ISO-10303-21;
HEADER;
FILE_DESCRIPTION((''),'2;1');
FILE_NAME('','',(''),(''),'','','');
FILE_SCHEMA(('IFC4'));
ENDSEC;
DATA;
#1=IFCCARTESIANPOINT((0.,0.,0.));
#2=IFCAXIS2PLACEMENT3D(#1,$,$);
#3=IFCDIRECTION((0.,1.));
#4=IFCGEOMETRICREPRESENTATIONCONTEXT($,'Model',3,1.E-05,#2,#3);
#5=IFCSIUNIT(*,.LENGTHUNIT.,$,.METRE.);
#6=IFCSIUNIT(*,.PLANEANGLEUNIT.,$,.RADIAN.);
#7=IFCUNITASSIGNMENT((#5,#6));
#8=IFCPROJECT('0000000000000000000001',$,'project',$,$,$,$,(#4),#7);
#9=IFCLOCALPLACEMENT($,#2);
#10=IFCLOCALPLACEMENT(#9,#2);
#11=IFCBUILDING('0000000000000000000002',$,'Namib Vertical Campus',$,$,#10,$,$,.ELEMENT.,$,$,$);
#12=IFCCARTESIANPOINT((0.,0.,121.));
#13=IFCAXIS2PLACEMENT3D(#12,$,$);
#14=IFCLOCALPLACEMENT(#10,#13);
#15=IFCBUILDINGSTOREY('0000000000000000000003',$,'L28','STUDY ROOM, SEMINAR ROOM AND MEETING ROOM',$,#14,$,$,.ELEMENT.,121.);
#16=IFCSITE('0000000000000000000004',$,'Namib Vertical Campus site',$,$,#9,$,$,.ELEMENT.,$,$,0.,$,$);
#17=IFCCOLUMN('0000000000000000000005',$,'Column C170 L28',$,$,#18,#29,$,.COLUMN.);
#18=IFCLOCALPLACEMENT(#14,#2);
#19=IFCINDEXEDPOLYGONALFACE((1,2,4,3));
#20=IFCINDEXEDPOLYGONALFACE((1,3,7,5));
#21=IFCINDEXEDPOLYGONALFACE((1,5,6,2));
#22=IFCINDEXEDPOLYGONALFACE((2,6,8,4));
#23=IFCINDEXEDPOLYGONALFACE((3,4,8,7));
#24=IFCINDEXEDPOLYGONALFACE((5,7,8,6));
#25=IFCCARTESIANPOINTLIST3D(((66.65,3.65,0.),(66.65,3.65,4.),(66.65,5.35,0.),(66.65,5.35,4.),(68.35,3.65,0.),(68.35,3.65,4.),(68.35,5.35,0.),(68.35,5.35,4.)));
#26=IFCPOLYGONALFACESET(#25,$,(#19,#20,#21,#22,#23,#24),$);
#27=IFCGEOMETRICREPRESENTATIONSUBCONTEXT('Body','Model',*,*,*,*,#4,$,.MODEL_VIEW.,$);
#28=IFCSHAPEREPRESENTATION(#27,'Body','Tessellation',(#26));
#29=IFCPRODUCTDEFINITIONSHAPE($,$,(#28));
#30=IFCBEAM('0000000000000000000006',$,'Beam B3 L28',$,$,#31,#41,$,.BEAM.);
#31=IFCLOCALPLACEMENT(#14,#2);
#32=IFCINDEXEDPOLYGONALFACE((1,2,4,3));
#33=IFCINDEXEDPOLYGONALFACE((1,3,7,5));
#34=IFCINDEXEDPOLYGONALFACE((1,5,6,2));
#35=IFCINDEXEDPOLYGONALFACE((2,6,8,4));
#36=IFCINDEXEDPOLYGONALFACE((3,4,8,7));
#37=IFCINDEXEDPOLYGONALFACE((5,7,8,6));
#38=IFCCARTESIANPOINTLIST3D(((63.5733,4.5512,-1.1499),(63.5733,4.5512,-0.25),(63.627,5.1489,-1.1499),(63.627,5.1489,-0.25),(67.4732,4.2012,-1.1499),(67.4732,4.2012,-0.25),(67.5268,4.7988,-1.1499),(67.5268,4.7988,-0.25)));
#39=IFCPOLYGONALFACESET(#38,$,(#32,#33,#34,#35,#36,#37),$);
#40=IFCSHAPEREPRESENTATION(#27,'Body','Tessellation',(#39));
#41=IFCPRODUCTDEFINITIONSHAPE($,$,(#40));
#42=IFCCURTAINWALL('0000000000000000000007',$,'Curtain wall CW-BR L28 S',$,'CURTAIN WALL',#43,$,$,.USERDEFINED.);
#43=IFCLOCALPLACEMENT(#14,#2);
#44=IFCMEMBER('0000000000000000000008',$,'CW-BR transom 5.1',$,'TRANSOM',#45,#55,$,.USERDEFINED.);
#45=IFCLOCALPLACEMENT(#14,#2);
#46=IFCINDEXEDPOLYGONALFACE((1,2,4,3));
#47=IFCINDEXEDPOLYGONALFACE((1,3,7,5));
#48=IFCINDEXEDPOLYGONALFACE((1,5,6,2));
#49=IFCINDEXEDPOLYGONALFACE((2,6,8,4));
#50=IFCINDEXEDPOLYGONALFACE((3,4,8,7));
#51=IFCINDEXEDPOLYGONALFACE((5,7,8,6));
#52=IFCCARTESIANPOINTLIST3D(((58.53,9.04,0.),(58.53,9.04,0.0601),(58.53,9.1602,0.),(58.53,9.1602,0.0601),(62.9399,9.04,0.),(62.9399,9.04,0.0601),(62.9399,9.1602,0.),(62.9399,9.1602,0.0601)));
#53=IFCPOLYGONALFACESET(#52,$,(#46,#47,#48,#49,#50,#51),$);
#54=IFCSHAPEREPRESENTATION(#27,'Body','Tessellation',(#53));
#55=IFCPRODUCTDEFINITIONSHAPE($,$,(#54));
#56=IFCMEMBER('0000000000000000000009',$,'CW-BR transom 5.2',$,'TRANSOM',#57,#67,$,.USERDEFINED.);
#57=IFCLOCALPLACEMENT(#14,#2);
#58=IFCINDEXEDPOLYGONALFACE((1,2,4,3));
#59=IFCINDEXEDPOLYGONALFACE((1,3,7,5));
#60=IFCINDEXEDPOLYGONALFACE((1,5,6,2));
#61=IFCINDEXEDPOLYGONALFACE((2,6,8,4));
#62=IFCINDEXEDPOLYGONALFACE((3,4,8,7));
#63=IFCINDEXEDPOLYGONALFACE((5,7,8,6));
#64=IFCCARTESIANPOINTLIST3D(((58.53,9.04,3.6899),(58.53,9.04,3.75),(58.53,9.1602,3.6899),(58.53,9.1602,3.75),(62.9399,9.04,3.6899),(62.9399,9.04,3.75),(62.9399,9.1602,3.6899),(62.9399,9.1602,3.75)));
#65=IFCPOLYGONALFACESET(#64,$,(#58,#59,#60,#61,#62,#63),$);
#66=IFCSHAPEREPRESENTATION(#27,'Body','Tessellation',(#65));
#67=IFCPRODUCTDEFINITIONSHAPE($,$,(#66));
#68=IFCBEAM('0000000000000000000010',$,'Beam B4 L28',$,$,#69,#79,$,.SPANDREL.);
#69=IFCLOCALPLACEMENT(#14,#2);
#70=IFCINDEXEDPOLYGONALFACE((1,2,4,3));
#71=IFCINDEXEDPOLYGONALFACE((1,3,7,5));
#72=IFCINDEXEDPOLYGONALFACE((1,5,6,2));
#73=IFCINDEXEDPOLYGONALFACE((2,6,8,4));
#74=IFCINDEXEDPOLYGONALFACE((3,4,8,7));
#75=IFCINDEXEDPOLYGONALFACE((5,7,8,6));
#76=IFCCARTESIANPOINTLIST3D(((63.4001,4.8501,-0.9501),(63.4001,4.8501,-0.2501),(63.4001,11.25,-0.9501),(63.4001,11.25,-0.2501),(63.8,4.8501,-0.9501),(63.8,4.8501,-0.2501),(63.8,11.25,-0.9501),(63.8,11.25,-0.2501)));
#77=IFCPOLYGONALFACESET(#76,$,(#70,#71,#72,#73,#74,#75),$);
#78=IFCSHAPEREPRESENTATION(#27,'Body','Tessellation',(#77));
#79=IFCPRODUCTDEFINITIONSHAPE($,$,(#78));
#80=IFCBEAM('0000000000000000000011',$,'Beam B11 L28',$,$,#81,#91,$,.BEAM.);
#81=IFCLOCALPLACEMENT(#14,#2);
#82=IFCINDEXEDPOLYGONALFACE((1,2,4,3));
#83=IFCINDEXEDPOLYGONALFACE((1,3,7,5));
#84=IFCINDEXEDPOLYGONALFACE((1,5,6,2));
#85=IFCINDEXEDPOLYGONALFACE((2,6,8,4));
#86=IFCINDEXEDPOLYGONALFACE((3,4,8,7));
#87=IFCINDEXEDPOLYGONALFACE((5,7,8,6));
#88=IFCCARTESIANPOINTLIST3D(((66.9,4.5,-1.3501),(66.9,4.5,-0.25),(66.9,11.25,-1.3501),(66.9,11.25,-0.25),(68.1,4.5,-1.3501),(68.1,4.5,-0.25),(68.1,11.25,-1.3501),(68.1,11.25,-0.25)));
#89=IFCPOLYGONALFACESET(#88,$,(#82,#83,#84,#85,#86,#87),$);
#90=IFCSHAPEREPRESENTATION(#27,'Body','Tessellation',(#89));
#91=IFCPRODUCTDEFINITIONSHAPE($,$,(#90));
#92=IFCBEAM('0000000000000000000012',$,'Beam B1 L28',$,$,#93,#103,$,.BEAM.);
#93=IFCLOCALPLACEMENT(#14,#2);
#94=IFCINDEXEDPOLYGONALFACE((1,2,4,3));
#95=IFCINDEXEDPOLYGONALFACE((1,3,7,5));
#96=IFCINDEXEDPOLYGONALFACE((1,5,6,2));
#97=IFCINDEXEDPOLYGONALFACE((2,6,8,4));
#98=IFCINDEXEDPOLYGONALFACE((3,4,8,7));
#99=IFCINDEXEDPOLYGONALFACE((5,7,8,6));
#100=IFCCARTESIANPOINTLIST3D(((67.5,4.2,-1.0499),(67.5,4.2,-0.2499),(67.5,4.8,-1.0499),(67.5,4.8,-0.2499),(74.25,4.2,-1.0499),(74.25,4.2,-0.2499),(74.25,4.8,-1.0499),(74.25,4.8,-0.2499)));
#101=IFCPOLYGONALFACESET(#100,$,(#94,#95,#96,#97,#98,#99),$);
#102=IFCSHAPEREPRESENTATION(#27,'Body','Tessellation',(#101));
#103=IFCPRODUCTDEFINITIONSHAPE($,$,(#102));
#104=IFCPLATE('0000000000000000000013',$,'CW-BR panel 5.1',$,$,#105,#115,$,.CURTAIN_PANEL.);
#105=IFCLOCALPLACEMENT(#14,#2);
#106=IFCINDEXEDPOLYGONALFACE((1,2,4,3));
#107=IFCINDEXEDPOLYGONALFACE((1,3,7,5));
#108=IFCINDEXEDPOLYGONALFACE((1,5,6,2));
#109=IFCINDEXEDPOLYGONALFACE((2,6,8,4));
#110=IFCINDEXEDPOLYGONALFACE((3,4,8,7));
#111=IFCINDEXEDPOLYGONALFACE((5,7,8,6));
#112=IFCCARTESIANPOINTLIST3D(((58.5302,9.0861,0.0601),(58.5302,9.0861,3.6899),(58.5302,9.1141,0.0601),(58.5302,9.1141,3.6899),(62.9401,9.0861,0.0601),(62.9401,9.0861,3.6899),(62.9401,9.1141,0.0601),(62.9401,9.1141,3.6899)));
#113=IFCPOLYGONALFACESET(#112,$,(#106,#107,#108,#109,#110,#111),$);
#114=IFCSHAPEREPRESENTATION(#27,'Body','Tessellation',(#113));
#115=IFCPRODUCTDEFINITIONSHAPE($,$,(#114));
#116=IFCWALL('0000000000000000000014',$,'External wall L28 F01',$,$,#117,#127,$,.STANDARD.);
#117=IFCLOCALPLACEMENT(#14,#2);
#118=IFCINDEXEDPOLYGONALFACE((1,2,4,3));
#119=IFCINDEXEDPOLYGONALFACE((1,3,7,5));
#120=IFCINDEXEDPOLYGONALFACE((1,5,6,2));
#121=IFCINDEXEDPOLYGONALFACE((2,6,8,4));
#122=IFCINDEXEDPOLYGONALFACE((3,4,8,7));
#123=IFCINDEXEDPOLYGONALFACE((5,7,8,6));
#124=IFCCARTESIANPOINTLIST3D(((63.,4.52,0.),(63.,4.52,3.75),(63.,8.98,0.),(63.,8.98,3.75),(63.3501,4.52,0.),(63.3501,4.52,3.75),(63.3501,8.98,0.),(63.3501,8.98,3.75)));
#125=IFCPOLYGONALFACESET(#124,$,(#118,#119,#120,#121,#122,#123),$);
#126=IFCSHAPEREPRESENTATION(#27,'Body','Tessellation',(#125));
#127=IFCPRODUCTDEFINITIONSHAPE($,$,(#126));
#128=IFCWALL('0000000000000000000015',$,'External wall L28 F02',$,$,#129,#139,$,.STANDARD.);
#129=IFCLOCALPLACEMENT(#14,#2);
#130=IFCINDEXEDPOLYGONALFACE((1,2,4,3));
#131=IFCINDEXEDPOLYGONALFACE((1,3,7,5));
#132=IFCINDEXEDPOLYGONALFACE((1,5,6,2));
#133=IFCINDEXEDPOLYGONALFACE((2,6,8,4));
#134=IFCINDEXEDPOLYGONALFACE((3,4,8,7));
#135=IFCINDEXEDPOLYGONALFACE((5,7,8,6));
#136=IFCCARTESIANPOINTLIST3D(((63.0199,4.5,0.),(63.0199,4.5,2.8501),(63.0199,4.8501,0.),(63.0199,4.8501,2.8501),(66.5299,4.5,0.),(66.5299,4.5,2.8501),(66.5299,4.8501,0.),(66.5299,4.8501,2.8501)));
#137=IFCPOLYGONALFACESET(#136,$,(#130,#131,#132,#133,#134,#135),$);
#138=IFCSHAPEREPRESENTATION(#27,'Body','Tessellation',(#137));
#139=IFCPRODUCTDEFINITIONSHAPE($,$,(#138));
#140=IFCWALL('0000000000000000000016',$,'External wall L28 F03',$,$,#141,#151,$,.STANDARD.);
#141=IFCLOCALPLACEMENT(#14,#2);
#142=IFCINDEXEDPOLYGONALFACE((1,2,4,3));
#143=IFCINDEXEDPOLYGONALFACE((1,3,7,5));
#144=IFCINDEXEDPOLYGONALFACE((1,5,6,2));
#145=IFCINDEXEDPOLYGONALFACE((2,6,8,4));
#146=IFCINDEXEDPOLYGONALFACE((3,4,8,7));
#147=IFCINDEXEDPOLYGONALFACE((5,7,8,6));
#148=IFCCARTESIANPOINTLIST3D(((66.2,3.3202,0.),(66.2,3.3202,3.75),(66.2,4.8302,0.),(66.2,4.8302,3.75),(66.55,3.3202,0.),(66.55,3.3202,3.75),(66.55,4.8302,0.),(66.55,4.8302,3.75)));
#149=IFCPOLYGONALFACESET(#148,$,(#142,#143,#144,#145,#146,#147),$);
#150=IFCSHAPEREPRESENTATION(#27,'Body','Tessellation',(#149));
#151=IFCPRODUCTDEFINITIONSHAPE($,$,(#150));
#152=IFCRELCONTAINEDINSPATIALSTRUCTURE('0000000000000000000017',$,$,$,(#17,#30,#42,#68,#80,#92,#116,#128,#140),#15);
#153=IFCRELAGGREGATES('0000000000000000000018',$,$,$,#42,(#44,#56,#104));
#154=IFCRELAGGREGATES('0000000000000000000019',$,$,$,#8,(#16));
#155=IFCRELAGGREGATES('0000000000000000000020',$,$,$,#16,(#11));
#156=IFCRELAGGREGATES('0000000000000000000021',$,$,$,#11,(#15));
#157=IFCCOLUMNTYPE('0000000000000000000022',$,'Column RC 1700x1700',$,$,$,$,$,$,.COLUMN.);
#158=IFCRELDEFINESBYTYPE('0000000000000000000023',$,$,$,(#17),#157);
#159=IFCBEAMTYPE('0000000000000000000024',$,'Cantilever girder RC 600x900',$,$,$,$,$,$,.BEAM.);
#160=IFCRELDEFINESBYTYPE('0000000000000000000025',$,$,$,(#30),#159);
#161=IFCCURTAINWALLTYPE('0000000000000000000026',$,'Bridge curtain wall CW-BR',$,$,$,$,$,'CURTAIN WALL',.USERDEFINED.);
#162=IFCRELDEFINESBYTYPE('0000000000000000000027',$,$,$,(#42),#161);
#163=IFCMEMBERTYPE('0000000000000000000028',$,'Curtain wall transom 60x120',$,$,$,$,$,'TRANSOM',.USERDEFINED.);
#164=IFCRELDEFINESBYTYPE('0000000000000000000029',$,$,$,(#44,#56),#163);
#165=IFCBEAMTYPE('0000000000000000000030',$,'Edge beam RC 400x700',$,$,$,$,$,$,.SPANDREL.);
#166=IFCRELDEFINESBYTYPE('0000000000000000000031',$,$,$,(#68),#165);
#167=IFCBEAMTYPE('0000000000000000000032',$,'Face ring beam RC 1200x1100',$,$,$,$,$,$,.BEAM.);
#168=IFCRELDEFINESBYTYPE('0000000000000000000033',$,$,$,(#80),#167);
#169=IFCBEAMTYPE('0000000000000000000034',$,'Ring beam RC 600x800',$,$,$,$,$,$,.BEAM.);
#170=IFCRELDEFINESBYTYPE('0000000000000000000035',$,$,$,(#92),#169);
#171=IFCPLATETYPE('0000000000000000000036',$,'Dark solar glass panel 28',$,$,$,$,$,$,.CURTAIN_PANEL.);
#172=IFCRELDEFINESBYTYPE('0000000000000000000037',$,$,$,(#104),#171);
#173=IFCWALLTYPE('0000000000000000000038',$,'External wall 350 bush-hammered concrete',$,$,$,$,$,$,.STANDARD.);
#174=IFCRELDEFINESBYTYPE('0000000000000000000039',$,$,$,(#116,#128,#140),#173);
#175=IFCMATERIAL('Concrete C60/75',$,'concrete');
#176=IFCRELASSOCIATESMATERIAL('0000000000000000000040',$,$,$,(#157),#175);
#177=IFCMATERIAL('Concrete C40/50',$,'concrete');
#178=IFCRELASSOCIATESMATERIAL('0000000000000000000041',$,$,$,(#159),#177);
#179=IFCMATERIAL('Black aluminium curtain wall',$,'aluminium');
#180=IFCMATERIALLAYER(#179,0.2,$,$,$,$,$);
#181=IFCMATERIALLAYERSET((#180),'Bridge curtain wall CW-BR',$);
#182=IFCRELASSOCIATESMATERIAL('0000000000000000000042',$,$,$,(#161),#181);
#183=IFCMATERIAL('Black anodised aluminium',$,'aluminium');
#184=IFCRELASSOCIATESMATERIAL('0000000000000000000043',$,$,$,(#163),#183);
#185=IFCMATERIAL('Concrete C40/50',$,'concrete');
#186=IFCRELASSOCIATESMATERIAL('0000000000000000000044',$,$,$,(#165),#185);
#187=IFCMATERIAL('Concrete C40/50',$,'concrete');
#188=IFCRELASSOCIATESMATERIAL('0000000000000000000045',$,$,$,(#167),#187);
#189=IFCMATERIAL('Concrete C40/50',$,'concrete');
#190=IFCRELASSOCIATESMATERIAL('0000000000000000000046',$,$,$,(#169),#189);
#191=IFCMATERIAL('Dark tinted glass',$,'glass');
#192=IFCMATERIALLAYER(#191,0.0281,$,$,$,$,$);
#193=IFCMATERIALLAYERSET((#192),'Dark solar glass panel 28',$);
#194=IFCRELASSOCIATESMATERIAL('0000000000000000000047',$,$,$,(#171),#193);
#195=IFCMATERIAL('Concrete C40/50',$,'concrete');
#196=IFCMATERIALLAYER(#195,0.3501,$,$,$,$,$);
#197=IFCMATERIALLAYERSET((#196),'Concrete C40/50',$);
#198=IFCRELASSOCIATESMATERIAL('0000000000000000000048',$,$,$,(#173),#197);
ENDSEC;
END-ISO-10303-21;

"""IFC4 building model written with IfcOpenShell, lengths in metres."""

from ifc_helpers import new_model, si_unit, direction, frame, frame_2d, origin, origin_2d, place, context, subcontext, project, spatial, rectangle, extrude, material, layer, layer_set, material_profile, profile_set, type_object, element, aggregate, save


model = new_model("IFC4")

# Units and contexts
model_context = context("Model", 3, precision=1e-05, world=origin(), true_north=direction((0.0, 1.0)))
body_context = subcontext(model_context, "Body", "Model", "MODEL_VIEW")
ifc_project = project(units=[si_unit("LENGTHUNIT", "METRE"), si_unit("PLANEANGLEUNIT", "RADIAN")], contexts=[model_context])

# Site, building, storey
site_placement = place(None, origin())
site = spatial("IfcSite", under=ifc_project, at=site_placement, Name="Namib Vertical Campus site", CompositionType="ELEMENT", RefElevation=0.0)
building_placement = place(site_placement, origin())
building = spatial("IfcBuilding", under=site, at=building_placement, Name="Namib Vertical Campus", CompositionType="ELEMENT")
storey_placement = place(building_placement, frame((0.0, 0.0, 121.0)))
storey = spatial("IfcBuildingStorey", under=building, at=storey_placement, Name="L28", Description="STUDY ROOM, SEMINAR ROOM AND MEETING ROOM", CompositionType="ELEMENT", Elevation=121.0)

# Column
ifc_material_1 = material(Name="Concrete C60/75", Category="concrete")
ifc_material_profile_1 = material_profile(ifc_material_1, rectangle(XDim=1.7, YDim=1.7, at=origin_2d()))
ifc_profile_set_1 = profile_set([ifc_material_profile_1], Name="Concrete C60/75")
column_type = type_object("IfcColumnType", Name="Column RC 1700x1700", PredefinedType="COLUMN", material=ifc_profile_set_1)
column_placement = place(storey_placement, frame((67.5, 4.5, 0.0), z_axis=(0.0, 0.0, 1.0), x_axis=(1.0, 0.0, 0.0)))
element("IfcColumn", 1, at=column_placement, inside=storey, type_object=column_type, Name="Column C170 L28", PredefinedType="COLUMN", context=body_context, shape_type="SweptSolid", body=[
    extrude(rectangle(XDim=1.7, YDim=1.7, at=origin_2d()), origin(), (0.0, 0.0, 1.0), 4.0),
])

# Beam
ifc_material_2 = material(Name="Concrete C40/50", Category="concrete")
ifc_material_profile_2 = material_profile(ifc_material_2, rectangle(XDim=0.6001, YDim=0.8999, at=origin_2d()))
ifc_profile_set_2 = profile_set([ifc_material_profile_2], Name="Concrete C40/50")
beam_type_1 = type_object("IfcBeamType", Name="Cantilever girder RC 600x900", PredefinedType="BEAM", material=ifc_profile_set_2)
beam_1_placement = place(storey_placement, frame((67.5, 4.5, -0.7), z_axis=(-0.995995, 0.089411, 0.0), x_axis=(-0.089411, -0.995995, 0.0)))
element("IfcBeam", 2, at=beam_1_placement, inside=storey, type_object=beam_type_1, Name="Beam B3 L28", PredefinedType="BEAM", context=body_context, shape_type="SweptSolid", body=[
    extrude(rectangle(XDim=0.6001, YDim=0.8999, at=origin_2d()), origin(), (0.0, 0.0, 1.0), 3.9155),
])

# Curtain wall, members
ifc_material_3 = material(Name="Black aluminium curtain wall", Category="aluminium")
ifc_layer_1 = layer(ifc_material_3, 0.2)
ifc_layer_set_1 = layer_set([ifc_layer_1], Name="Bridge curtain wall CW-BR")
curtain_wall_type = type_object("IfcCurtainWallType", Name="Bridge curtain wall CW-BR", ElementType="CURTAIN WALL", PredefinedType="USERDEFINED", material=ifc_layer_set_1)
curtain_wall_placement = place(storey_placement, origin())
curtain_wall = element("IfcCurtainWall", 3, at=curtain_wall_placement, inside=storey, type_object=curtain_wall_type, Name="Curtain wall CW-BR L28 S", ObjectType="CURTAIN WALL", PredefinedType="USERDEFINED")
ifc_material_4 = material(Name="Black anodised aluminium", Category="aluminium")
ifc_material_profile_3 = material_profile(ifc_material_4, rectangle(XDim=0.0601, YDim=0.1201, at=origin_2d()))
ifc_profile_set_3 = profile_set([ifc_material_profile_3], Name="Black anodised aluminium")
member_type = type_object("IfcMemberType", Name="Curtain wall transom 60x120", ElementType="TRANSOM", PredefinedType="USERDEFINED", material=ifc_profile_set_3)
member_1_placement = place(storey_placement, frame((58.53, 9.1001, 0.03), z_axis=(1.0, 0.0, 0.0), x_axis=(0.0, 0.0, 1.0)))
member_1 = element("IfcMember", 4, at=member_1_placement, type_object=member_type, Name="CW-BR transom 5.1", ObjectType="TRANSOM", PredefinedType="USERDEFINED", context=body_context, shape_type="SweptSolid", body=[
    extrude(rectangle(XDim=0.0601, YDim=0.1201, at=origin_2d()), origin(), (0.0, 0.0, 1.0), 4.4099),
])
member_2_placement = place(storey_placement, frame((58.53, 9.1001, 3.72), z_axis=(1.0, 0.0, 0.0), x_axis=(0.0, 0.0, 1.0)))
member_2 = element("IfcMember", 5, at=member_2_placement, type_object=member_type, Name="CW-BR transom 5.2", ObjectType="TRANSOM", PredefinedType="USERDEFINED", context=body_context, shape_type="SweptSolid", body=[
    extrude(rectangle(XDim=0.0601, YDim=0.1201, at=origin_2d()), origin(), (0.0, 0.0, 1.0), 4.4099),
])

# Beams
ifc_material_5 = material(Name="Concrete C40/50", Category="concrete")
ifc_material_profile_4 = material_profile(ifc_material_5, rectangle(XDim=0.3999, YDim=0.7, at=origin_2d()))
ifc_profile_set_4 = profile_set([ifc_material_profile_4], Name="Concrete C40/50")
beam_type_2 = type_object("IfcBeamType", Name="Edge beam RC 400x700", PredefinedType="SPANDREL", material=ifc_profile_set_4)
beam_2_placement = place(storey_placement, frame((63.6001, 4.8501, -0.6001), z_axis=(0.0, 1.0, 0.0), x_axis=(-1.0, 0.0, 0.0)))
element("IfcBeam", 6, at=beam_2_placement, inside=storey, type_object=beam_type_2, Name="Beam B4 L28", PredefinedType="SPANDREL", context=body_context, shape_type="SweptSolid", body=[
    extrude(rectangle(XDim=0.3999, YDim=0.7, at=origin_2d()), origin(), (0.0, 0.0, 1.0), 6.3999),
])
ifc_material_6 = material(Name="Concrete C40/50", Category="concrete")
ifc_material_profile_5 = material_profile(ifc_material_6, rectangle(XDim=1.2, YDim=1.1001, at=origin_2d()))
ifc_profile_set_5 = profile_set([ifc_material_profile_5], Name="Concrete C40/50")
beam_type_3 = type_object("IfcBeamType", Name="Face ring beam RC 1200x1100", PredefinedType="BEAM", material=ifc_profile_set_5)
beam_3_placement = place(storey_placement, frame((67.5, 4.5, -0.8), z_axis=(0.0, 1.0, 0.0), x_axis=(-1.0, 0.0, 0.0)))
element("IfcBeam", 7, at=beam_3_placement, inside=storey, type_object=beam_type_3, Name="Beam B11 L28", PredefinedType="BEAM", context=body_context, shape_type="SweptSolid", body=[
    extrude(rectangle(XDim=1.2, YDim=1.1001, at=origin_2d()), origin(), (0.0, 0.0, 1.0), 6.75),
])
ifc_material_7 = material(Name="Concrete C40/50", Category="concrete")
ifc_material_profile_6 = material_profile(ifc_material_7, rectangle(XDim=0.6001, YDim=0.8, at=origin_2d()))
ifc_profile_set_6 = profile_set([ifc_material_profile_6], Name="Concrete C40/50")
beam_type_4 = type_object("IfcBeamType", Name="Ring beam RC 600x800", PredefinedType="BEAM", material=ifc_profile_set_6)
beam_4_placement = place(storey_placement, frame((67.5, 4.5, -0.6499), z_axis=(1.0, 0.0, 0.0), x_axis=(0.0, 1.0, 0.0)))
element("IfcBeam", 8, at=beam_4_placement, inside=storey, type_object=beam_type_4, Name="Beam B1 L28", PredefinedType="BEAM", context=body_context, shape_type="SweptSolid", body=[
    extrude(rectangle(XDim=0.6001, YDim=0.8, at=origin_2d()), origin(), (0.0, 0.0, 1.0), 6.75),
])

# Plate
ifc_material_8 = material(Name="Dark tinted glass", Category="glass")
ifc_layer_2 = layer(ifc_material_8, 0.0281)
ifc_layer_set_2 = layer_set([ifc_layer_2], Name="Dark solar glass panel 28")
plate_type = type_object("IfcPlateType", Name="Dark solar glass panel 28", PredefinedType="CURTAIN_PANEL", material=ifc_layer_set_2)
plate_placement = place(storey_placement, frame((60.7351, 9.1001, 0.0601), z_axis=(0.0, 0.0, 1.0), x_axis=(1.0, 0.0, 0.0)))
plate = element("IfcPlate", 9, at=plate_placement, type_object=plate_type, Name="CW-BR panel 5.1", PredefinedType="CURTAIN_PANEL", context=body_context, shape_type="SweptSolid", body=[
    extrude(rectangle(XDim=4.4099, YDim=0.0281, at=origin_2d()), origin(), (0.0, 0.0, 1.0), 3.6299),
])
aggregate(curtain_wall, [member_1, member_2, plate])

# Walls
ifc_material_9 = material(Name="Concrete C40/50", Category="concrete")
ifc_layer_3 = layer(ifc_material_9, 0.3501)
ifc_layer_set_3 = layer_set([ifc_layer_3], Name="Concrete C40/50")
wall_type = type_object("IfcWallType", Name="External wall 350 bush-hammered concrete", PredefinedType="STANDARD", material=ifc_layer_set_3)
wall_1_placement = place(storey_placement, frame((63.175, 8.98, 0.0), z_axis=(0.0, 0.0, 1.0), x_axis=(0.0, -1.0, 0.0)))
element("IfcWall", 10, at=wall_1_placement, inside=storey, type_object=wall_type, Name="External wall L28 F01", PredefinedType="STANDARD", context=body_context, shape_type="SweptSolid", body=[
    extrude(rectangle(XDim=4.46, YDim=0.3501, at=frame_2d((2.23, 0.0))), origin(), (0.0, 0.0, 1.0), 3.75),
])
wall_2_placement = place(storey_placement, frame((63.02, 4.675, 0.0), z_axis=(0.0, 0.0, 1.0), x_axis=(1.0, 0.0, 0.0)))
element("IfcWall", 11, at=wall_2_placement, inside=storey, type_object=wall_type, Name="External wall L28 F02", PredefinedType="STANDARD", context=body_context, shape_type="SweptSolid", body=[
    extrude(rectangle(XDim=3.51, YDim=0.3501, at=frame_2d((1.7549, 0.0))), origin(), (0.0, 0.0, 1.0), 2.8501),
])
wall_3_placement = place(storey_placement, frame((66.375, 4.8301, 0.0), z_axis=(0.0, 0.0, 1.0), x_axis=(0.0, -1.0, 0.0)))
element("IfcWall", 12, at=wall_3_placement, inside=storey, type_object=wall_type, Name="External wall L28 F03", PredefinedType="STANDARD", context=body_context, shape_type="SweptSolid", body=[
    extrude(rectangle(XDim=1.51, YDim=0.3501, at=frame_2d((0.7549, 0.0))), origin(), (0.0, 0.0, 1.0), 3.75),
])

save(model, "model.ifc")
